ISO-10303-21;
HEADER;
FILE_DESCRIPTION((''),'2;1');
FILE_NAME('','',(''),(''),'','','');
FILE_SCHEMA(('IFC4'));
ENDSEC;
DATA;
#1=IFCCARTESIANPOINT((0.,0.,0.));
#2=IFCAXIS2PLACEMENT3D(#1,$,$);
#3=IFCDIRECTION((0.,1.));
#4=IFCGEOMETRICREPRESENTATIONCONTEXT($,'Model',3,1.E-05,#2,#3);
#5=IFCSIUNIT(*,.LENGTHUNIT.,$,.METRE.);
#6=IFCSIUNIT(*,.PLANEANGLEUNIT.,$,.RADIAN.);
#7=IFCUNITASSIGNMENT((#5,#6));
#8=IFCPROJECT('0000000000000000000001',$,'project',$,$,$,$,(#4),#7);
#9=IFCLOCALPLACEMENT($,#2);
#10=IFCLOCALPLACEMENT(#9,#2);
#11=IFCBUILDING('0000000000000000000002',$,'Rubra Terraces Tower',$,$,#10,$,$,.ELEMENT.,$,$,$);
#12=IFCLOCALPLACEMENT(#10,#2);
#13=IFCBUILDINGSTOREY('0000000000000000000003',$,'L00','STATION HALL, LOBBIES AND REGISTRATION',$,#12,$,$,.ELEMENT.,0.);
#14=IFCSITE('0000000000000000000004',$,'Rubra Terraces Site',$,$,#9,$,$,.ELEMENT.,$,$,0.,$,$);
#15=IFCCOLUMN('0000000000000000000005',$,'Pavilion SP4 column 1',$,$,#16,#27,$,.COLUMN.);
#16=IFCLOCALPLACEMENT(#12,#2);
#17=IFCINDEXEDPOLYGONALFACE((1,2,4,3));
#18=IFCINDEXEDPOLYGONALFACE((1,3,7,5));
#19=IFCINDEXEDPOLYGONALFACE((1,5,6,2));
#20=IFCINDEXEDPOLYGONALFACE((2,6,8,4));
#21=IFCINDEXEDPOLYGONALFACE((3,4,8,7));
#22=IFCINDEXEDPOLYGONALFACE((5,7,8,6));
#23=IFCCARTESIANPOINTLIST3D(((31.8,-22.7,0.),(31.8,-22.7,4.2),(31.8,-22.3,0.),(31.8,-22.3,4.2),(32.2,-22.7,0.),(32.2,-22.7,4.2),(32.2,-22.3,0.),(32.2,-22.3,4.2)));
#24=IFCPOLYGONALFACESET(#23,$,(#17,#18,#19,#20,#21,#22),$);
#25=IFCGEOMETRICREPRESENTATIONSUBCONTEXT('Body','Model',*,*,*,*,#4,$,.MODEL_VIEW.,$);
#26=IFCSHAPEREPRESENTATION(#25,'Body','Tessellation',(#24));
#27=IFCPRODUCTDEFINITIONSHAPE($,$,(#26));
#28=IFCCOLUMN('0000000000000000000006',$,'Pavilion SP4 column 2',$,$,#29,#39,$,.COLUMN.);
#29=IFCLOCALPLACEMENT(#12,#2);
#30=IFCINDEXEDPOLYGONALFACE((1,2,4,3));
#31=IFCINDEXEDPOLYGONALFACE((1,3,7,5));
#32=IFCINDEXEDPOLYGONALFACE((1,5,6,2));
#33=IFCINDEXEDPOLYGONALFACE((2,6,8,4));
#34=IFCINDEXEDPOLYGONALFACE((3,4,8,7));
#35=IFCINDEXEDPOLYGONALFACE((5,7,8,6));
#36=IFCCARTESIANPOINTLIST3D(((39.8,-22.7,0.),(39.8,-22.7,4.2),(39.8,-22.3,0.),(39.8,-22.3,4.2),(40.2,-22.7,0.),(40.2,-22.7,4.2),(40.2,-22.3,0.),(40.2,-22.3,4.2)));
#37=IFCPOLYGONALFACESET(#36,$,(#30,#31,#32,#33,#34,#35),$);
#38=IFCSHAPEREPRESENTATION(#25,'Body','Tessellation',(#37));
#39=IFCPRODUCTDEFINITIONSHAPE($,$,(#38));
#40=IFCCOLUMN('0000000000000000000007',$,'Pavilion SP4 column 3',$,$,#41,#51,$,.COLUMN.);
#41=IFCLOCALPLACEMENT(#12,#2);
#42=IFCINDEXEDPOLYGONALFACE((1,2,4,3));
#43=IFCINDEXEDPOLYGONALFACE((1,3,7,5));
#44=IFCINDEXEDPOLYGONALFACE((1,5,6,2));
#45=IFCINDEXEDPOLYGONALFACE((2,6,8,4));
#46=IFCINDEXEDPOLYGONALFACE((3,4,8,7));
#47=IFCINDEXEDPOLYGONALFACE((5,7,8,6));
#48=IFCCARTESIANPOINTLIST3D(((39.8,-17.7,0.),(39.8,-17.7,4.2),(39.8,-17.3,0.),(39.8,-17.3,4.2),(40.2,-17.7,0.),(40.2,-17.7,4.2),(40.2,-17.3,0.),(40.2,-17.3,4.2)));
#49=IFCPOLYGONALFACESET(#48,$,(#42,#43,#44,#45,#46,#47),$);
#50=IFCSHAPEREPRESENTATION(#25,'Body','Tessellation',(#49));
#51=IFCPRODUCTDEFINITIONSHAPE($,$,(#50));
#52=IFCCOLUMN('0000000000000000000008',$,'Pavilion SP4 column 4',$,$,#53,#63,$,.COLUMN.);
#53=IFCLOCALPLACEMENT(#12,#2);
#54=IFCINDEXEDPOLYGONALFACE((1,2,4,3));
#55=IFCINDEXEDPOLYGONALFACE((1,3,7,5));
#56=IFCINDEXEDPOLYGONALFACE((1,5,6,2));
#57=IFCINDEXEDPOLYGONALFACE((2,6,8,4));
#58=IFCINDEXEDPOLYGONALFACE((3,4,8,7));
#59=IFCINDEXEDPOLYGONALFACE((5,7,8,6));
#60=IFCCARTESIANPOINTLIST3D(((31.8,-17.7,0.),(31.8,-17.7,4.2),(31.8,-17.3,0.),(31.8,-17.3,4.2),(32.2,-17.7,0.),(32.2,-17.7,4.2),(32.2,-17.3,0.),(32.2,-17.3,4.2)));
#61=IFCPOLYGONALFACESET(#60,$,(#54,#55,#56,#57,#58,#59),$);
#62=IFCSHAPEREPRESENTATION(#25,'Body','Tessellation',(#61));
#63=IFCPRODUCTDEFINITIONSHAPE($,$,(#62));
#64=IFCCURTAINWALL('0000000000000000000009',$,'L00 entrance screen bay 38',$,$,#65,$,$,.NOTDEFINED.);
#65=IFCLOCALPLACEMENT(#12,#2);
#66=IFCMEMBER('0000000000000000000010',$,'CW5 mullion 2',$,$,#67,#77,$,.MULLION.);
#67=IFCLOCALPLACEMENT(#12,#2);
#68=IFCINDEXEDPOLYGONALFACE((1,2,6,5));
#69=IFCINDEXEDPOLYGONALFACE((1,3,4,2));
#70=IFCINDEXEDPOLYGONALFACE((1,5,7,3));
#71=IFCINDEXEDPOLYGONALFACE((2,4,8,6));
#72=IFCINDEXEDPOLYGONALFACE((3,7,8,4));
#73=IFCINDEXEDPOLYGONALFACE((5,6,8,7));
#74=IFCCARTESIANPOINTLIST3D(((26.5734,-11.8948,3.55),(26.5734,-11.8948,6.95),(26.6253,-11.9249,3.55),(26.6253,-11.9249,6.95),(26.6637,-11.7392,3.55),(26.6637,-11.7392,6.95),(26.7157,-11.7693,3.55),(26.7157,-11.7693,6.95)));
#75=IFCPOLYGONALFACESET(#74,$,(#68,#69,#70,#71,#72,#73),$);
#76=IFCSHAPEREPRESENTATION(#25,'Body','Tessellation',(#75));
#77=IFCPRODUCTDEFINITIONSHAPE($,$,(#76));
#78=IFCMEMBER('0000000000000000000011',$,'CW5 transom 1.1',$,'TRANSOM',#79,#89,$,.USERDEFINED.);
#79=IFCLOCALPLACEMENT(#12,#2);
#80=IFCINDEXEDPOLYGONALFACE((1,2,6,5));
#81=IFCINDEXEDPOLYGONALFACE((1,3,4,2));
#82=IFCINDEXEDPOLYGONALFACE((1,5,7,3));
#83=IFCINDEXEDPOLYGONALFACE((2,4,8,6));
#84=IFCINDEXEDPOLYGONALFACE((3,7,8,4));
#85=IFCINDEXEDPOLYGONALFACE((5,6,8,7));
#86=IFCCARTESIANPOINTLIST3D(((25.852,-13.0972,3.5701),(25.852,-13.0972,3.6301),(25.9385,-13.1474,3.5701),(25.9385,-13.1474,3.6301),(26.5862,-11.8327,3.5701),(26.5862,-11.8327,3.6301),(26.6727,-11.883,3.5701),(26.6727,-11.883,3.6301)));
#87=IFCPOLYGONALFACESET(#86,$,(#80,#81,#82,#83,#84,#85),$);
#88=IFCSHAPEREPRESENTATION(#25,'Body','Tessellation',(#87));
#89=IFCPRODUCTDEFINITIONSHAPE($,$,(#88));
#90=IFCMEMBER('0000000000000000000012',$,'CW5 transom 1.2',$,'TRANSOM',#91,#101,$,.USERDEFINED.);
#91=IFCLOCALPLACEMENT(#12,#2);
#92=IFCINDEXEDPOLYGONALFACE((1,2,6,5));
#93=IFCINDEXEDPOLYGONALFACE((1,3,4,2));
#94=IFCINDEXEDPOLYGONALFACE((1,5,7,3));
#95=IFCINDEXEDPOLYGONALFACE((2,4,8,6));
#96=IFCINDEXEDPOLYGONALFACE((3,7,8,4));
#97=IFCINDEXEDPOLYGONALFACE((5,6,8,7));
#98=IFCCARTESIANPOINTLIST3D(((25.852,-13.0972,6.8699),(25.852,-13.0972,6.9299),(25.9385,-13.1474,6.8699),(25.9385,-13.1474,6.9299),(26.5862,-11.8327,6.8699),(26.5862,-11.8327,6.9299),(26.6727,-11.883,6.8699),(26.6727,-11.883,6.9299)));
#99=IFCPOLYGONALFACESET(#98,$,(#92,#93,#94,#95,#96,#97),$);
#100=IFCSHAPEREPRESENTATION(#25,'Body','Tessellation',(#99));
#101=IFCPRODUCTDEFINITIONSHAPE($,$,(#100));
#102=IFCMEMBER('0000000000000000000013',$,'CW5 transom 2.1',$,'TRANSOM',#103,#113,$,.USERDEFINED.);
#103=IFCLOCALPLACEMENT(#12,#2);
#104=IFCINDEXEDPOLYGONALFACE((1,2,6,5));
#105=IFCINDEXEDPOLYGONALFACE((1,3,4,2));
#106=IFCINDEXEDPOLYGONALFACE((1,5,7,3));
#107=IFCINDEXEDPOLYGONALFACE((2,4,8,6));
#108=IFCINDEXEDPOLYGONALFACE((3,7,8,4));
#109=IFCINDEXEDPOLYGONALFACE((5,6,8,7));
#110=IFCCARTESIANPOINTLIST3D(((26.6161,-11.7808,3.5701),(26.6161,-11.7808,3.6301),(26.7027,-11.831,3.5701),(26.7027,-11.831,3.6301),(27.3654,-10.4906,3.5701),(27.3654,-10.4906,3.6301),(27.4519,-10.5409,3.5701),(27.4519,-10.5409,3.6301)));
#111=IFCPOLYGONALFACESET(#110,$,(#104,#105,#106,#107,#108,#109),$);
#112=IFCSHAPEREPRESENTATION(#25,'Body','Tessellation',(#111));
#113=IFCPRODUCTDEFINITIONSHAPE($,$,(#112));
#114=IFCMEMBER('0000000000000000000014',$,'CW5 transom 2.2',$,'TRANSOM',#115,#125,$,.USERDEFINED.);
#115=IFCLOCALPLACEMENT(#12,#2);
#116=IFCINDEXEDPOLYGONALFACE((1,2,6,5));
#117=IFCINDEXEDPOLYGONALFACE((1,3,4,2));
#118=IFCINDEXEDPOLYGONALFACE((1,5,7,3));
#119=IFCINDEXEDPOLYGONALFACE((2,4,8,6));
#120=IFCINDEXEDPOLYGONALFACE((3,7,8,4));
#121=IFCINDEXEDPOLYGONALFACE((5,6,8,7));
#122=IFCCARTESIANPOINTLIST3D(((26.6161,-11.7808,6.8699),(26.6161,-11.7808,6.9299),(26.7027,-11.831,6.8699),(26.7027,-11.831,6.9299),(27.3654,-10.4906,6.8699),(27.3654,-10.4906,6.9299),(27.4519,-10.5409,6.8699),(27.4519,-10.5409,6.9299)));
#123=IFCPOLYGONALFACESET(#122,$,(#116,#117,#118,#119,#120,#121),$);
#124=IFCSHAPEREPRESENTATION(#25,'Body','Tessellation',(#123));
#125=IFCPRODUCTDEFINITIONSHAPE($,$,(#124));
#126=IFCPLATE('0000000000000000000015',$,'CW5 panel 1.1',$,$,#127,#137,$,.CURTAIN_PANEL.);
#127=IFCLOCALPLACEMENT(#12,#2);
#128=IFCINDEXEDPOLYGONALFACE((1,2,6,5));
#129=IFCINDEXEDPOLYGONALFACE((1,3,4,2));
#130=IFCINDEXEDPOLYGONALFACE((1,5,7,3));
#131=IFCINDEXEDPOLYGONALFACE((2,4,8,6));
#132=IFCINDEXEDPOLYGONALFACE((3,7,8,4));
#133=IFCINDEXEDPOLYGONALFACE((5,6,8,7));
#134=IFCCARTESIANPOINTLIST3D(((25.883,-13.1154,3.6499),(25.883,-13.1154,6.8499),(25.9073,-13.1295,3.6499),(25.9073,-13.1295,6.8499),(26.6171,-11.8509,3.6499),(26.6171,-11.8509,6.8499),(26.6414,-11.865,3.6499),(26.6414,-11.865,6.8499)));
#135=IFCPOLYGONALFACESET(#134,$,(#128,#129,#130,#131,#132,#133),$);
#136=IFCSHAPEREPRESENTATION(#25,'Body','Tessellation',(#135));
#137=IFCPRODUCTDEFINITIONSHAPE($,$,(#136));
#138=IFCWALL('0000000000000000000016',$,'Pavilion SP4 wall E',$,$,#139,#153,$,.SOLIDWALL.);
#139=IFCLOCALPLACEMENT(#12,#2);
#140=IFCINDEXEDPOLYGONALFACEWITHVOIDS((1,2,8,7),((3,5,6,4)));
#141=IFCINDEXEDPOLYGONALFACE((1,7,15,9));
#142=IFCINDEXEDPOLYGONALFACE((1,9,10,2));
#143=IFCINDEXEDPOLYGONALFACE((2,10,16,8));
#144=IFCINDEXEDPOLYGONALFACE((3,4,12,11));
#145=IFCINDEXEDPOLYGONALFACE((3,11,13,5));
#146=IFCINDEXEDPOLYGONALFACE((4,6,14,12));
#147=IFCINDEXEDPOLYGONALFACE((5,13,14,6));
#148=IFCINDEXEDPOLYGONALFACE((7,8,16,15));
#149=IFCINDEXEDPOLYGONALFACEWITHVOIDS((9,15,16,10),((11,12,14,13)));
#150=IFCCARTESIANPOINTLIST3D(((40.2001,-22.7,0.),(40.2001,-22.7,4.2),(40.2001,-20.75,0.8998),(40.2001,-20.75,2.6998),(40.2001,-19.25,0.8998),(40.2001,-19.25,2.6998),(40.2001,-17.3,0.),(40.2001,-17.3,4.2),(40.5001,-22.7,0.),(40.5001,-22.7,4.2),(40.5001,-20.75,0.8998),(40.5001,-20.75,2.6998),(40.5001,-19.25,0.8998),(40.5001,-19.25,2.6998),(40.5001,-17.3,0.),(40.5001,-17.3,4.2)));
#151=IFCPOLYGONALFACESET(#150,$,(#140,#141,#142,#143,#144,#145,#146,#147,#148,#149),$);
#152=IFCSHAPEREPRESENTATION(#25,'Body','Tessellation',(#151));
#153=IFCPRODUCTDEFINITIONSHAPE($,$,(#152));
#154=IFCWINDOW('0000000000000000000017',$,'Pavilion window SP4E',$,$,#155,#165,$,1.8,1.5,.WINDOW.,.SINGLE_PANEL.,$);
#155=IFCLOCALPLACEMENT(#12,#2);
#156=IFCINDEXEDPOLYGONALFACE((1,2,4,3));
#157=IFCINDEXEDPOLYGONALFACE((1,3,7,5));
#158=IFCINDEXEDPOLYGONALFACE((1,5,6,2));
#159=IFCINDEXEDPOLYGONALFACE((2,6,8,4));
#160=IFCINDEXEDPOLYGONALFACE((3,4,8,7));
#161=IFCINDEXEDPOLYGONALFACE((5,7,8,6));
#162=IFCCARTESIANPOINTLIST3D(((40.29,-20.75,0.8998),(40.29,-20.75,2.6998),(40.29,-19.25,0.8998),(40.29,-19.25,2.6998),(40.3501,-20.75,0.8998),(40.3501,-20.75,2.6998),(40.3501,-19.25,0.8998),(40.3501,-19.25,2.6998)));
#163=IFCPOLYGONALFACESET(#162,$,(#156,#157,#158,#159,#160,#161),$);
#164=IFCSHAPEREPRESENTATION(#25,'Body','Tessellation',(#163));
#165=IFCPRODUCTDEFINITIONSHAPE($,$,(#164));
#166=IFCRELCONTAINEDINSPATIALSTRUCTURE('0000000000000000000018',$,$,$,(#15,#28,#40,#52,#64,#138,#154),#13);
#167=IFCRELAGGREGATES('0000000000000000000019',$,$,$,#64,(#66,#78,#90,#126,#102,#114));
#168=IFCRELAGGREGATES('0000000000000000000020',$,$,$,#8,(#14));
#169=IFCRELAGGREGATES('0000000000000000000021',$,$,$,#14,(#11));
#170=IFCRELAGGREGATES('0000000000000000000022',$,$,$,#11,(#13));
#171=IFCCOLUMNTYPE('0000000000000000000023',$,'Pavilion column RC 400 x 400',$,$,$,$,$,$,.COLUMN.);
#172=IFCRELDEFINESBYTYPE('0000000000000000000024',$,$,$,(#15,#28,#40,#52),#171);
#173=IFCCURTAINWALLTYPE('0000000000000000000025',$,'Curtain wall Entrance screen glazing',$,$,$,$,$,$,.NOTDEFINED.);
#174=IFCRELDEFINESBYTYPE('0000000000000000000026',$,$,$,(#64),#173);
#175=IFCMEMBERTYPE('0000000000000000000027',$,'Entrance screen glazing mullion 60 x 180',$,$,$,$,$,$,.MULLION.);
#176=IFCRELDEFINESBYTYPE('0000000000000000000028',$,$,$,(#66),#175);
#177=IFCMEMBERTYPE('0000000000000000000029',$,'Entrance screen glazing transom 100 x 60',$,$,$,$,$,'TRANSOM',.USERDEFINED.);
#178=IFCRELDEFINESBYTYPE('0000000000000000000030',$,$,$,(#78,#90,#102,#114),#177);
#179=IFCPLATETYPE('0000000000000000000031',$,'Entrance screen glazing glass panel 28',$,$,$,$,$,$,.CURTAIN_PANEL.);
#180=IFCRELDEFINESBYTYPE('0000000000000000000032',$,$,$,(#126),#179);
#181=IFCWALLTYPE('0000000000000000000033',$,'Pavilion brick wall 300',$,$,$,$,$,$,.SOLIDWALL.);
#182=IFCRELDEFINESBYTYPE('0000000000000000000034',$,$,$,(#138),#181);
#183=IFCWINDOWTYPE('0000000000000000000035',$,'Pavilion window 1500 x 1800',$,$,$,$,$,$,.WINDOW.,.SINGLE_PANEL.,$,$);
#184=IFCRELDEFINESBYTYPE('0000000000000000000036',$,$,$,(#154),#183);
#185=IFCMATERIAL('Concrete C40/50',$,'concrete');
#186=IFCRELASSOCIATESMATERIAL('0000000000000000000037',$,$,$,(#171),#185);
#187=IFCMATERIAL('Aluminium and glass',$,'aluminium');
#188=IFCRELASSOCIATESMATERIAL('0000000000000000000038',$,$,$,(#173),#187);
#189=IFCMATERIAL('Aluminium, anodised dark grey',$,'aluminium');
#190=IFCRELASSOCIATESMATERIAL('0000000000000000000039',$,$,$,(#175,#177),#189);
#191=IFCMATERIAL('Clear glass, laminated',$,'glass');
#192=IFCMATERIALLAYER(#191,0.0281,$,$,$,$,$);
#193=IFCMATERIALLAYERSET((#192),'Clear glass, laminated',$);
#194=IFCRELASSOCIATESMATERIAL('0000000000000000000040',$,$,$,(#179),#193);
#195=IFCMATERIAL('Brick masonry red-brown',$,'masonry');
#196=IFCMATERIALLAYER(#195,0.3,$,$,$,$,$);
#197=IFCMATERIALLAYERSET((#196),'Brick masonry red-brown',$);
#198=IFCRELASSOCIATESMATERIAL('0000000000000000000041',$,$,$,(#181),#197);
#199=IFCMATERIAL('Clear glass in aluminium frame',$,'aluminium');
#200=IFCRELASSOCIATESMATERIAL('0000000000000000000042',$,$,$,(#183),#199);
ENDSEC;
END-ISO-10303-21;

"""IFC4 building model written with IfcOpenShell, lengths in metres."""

from ifc_helpers import new_model, si_unit, direction, frame, frame_2d, origin, origin_2d, place, context, subcontext, project, spatial, rectangle, extrude, material, layer, layer_set, material_profile, profile_set, type_object, element, fill, aggregate, save


model = new_model("IFC4")

# Units and contexts
model_context = context("Model", 3, precision=1e-05, world=origin(), true_north=direction((0.0, 1.0)))
body_context = subcontext(model_context, "Body", "Model", "MODEL_VIEW")
ifc_project = project(units=[si_unit("LENGTHUNIT", "METRE"), si_unit("PLANEANGLEUNIT", "RADIAN")], contexts=[model_context])

# Site, building, storey
site_placement = place(None, origin())
site = spatial("IfcSite", under=ifc_project, at=site_placement, Name="Rubra Terraces Site", CompositionType="ELEMENT", RefElevation=0.0)
building_placement = place(site_placement, origin())
building = spatial("IfcBuilding", under=site, at=building_placement, Name="Rubra Terraces Tower", CompositionType="ELEMENT")
storey_placement = place(building_placement, origin())
storey = spatial("IfcBuildingStorey", under=building, at=storey_placement, Name="L00", Description="STATION HALL, LOBBIES AND REGISTRATION", CompositionType="ELEMENT", Elevation=0.0)

# Columns
ifc_material_1 = material(Name="Concrete C40/50", Category="concrete")
ifc_material_profile_1 = material_profile(ifc_material_1, rectangle(XDim=0.3999, YDim=0.3999, at=origin_2d()), Name="RC 400x400")
ifc_profile_set_1 = profile_set([ifc_material_profile_1], Name="Concrete C40/50")
column_type = type_object("IfcColumnType", Name="Pavilion column RC 400 x 400", PredefinedType="COLUMN", material=ifc_profile_set_1)
for number, where, z_axis, x_axis, name in (
    (1, (32.0, -22.5, 0.0), (0.0, 0.0, 1.0), (1.0, 0.0, 0.0), "Pavilion SP4 column 1"),
    (2, (40.0, -22.5, 0.0), (0.0, 0.0, 1.0), (1.0, 0.0, 0.0), "Pavilion SP4 column 2"),
    (3, (40.0, -17.5, 0.0), (0.0, 0.0, 1.0), (1.0, 0.0, 0.0), "Pavilion SP4 column 3"),
    (4, (32.0, -17.5, 0.0), (0.0, 0.0, 1.0), (1.0, 0.0, 0.0), "Pavilion SP4 column 4"),
):
    element("IfcColumn", number, at=place(storey_placement, frame(where, z_axis=z_axis, x_axis=x_axis)), inside=storey, type_object=column_type, Name=name, PredefinedType="COLUMN", context=body_context, shape_type="SweptSolid", body=[
        extrude(rectangle(XDim=0.3999, YDim=0.3999, at=origin_2d()), origin(), (0.0, 0.0, 1.0), 4.2),
    ])

# Curtain wall, members, plate
ifc_material_2 = material(Name="Aluminium and glass", Category="aluminium")
curtain_wall_type = type_object("IfcCurtainWallType", Name="Curtain wall Entrance screen glazing", PredefinedType="NOTDEFINED", material=ifc_material_2)
curtain_wall_placement = place(storey_placement, origin())
curtain_wall = element("IfcCurtainWall", 5, at=curtain_wall_placement, inside=storey, type_object=curtain_wall_type, Name="L00 entrance screen bay 38", PredefinedType="NOTDEFINED")
ifc_material_3 = material(Name="Aluminium, anodised dark grey", Category="aluminium")
ifc_material_profile_2 = material_profile(ifc_material_3, rectangle(XDim=0.0601, YDim=0.1799, at=origin_2d()), Name="AL 60x180")
ifc_profile_set_2 = profile_set([ifc_material_profile_2], Name="Aluminium, anodised dark grey")
member_type_1 = type_object("IfcMemberType", Name="Entrance screen glazing mullion 60 x 180", PredefinedType="MULLION", material=ifc_profile_set_2)
member_1_placement = place(storey_placement, frame((26.6445, -11.832, 3.55), z_axis=(0.0, 0.0, 1.0), x_axis=(-0.864813, 0.502094, 0.0)))
member_1 = element("IfcMember", 6, at=member_1_placement, type_object=member_type_1, Name="CW5 mullion 2", PredefinedType="MULLION", context=body_context, shape_type="SweptSolid", body=[
    extrude(rectangle(XDim=0.0601, YDim=0.1799, at=origin_2d()), origin(), (0.0, 0.0, 1.0), 3.3999),
])
ifc_material_profile_3 = material_profile(ifc_material_3, rectangle(XDim=0.1001, YDim=0.0601, at=origin_2d()), Name="AL 100x60")
ifc_profile_set_3 = profile_set([ifc_material_profile_3], Name="Aluminium, anodised dark grey")
member_type_2 = type_object("IfcMemberType", Name="Entrance screen glazing transom 100 x 60", ElementType="TRANSOM", PredefinedType="USERDEFINED", material=ifc_profile_set_3)
member_2_placement = place(storey_placement, frame((25.8953, -13.1223, 3.6001), z_axis=(0.502115, 0.864801, 0.0), x_axis=(-0.864801, 0.502115, 0.0)))
member_2 = element("IfcMember", 7, at=member_2_placement, type_object=member_type_2, Name="CW5 transom 1.1", ObjectType="TRANSOM", PredefinedType="USERDEFINED", context=body_context, shape_type="SweptSolid", body=[
    extrude(rectangle(XDim=0.1001, YDim=0.0601, at=origin_2d()), origin(), (0.0, 0.0, 1.0), 1.4622),
])
member_3_placement = place(storey_placement, frame((25.8953, -13.1223, 6.8999), z_axis=(0.502115, 0.864801, 0.0), x_axis=(-0.864801, 0.502115, 0.0)))
member_3 = element("IfcMember", 8, at=member_3_placement, type_object=member_type_2, Name="CW5 transom 1.2", ObjectType="TRANSOM", PredefinedType="USERDEFINED", context=body_context, shape_type="SweptSolid", body=[
    extrude(rectangle(XDim=0.1001, YDim=0.0601, at=origin_2d()), origin(), (0.0, 0.0, 1.0), 1.4622),
])
member_4_placement = place(storey_placement, frame((26.6594, -11.8059, 3.6001), z_axis=(0.502171, 0.864768, 0.0), x_axis=(-0.864768, 0.502171, 0.0)))
member_4 = element("IfcMember", 9, at=member_4_placement, type_object=member_type_2, Name="CW5 transom 2.1", ObjectType="TRANSOM", PredefinedType="USERDEFINED", context=body_context, shape_type="SweptSolid", body=[
    extrude(rectangle(XDim=0.1001, YDim=0.0601, at=origin_2d()), origin(), (0.0, 0.0, 1.0), 1.4919),
])
member_5_placement = place(storey_placement, frame((26.6594, -11.8059, 6.8999), z_axis=(0.502171, 0.864768, 0.0), x_axis=(-0.864768, 0.502171, 0.0)))
member_5 = element("IfcMember", 10, at=member_5_placement, type_object=member_type_2, Name="CW5 transom 2.2", ObjectType="TRANSOM", PredefinedType="USERDEFINED", context=body_context, shape_type="SweptSolid", body=[
    extrude(rectangle(XDim=0.1001, YDim=0.0601, at=origin_2d()), origin(), (0.0, 0.0, 1.0), 1.4919),
])
ifc_material_4 = material(Name="Clear glass, laminated", Category="glass")
ifc_layer_1 = layer(ifc_material_4, 0.0281)
ifc_layer_set_1 = layer_set([ifc_layer_1], Name="Clear glass, laminated")
plate_type = type_object("IfcPlateType", Name="Entrance screen glazing glass panel 28", PredefinedType="CURTAIN_PANEL", material=ifc_layer_set_1)
plate_placement = place(storey_placement, frame((26.2622, -12.4902, 3.6499), z_axis=(0.0, 0.0, 1.0), x_axis=(0.502094, 0.864813, 0.0)))
plate = element("IfcPlate", 11, at=plate_placement, type_object=plate_type, Name="CW5 panel 1.1", PredefinedType="CURTAIN_PANEL", context=body_context, shape_type="SweptSolid", body=[
    extrude(rectangle(XDim=1.4622, YDim=0.0281, at=origin_2d()), origin(), (0.0, 0.0, 1.0), 3.2),
])
aggregate(curtain_wall, [member_1, member_2, member_3, plate, member_4, member_5])

# Shared definitions
ifc_material_5 = material(Name="Brick masonry red-brown", Category="masonry")
ifc_layer_2 = layer(ifc_material_5, 0.3)
ifc_layer_set_2 = layer_set([ifc_layer_2], Name="Brick masonry red-brown")
wall_type = type_object("IfcWallType", Name="Pavilion brick wall 300", PredefinedType="SOLIDWALL", material=ifc_layer_set_2)

# Wall, opening, window
wall_1_placement = place(storey_placement, frame((40.3501, -22.7, 0.0), z_axis=(0.0, 0.0, 1.0), x_axis=(0.0, 1.0, 0.0)))
wall_1 = element("IfcWall", 12, at=wall_1_placement, inside=storey, type_object=wall_type, Name="Pavilion SP4 wall E", PredefinedType="SOLIDWALL", context=body_context, shape_type="SweptSolid", body=[
    extrude(rectangle(XDim=5.3999, YDim=0.3, at=frame_2d((2.7, 0.0))), origin(), (0.0, 0.0, 1.0), 4.2),
])
opening_1_placement = place(wall_1_placement, frame((1.95, 0.0, 0.8999)))
opening_1 = element("IfcOpeningElement", 13, at=opening_1_placement, cuts=wall_1, PredefinedType="OPENING", context=body_context, shape_type="SweptSolid", body=[
    extrude(rectangle(XDim=1.5, YDim=1.8, at=frame_2d((0.75, 0.8999))), frame((0.0, 0.1599, 0.0), z_axis=(0.0, -1.0, 0.0), x_axis=(1.0, 0.0, 0.0)), (0.0, 0.0, 1.0), 0.3201),
])
ifc_material_6 = material(Name="Clear glass in aluminium frame", Category="aluminium")
window_type = type_object("IfcWindowType", Name="Pavilion window 1500 x 1800", PartitioningType="SINGLE_PANEL", PredefinedType="WINDOW", material=ifc_material_6)
window_1_placement = place(opening_1_placement, origin())
window_1 = element("IfcWindow", 14, at=window_1_placement, inside=storey, type_object=window_type, Name="Pavilion window SP4E", OverallHeight=1.8, OverallWidth=1.5, PartitioningType="SINGLE_PANEL", PredefinedType="WINDOW", context=body_context, shape_type="SweptSolid", body=[
    extrude(rectangle(XDim=1.5, YDim=1.8, at=frame_2d((0.75, 0.8999))), frame((0.0, 0.0601, 0.0), z_axis=(0.0, -1.0, 0.0), x_axis=(1.0, 0.0, 0.0)), (0.0, 0.0, 1.0), 0.0601),
])
fill(opening_1, window_1)

save(model, "model.ifc")
